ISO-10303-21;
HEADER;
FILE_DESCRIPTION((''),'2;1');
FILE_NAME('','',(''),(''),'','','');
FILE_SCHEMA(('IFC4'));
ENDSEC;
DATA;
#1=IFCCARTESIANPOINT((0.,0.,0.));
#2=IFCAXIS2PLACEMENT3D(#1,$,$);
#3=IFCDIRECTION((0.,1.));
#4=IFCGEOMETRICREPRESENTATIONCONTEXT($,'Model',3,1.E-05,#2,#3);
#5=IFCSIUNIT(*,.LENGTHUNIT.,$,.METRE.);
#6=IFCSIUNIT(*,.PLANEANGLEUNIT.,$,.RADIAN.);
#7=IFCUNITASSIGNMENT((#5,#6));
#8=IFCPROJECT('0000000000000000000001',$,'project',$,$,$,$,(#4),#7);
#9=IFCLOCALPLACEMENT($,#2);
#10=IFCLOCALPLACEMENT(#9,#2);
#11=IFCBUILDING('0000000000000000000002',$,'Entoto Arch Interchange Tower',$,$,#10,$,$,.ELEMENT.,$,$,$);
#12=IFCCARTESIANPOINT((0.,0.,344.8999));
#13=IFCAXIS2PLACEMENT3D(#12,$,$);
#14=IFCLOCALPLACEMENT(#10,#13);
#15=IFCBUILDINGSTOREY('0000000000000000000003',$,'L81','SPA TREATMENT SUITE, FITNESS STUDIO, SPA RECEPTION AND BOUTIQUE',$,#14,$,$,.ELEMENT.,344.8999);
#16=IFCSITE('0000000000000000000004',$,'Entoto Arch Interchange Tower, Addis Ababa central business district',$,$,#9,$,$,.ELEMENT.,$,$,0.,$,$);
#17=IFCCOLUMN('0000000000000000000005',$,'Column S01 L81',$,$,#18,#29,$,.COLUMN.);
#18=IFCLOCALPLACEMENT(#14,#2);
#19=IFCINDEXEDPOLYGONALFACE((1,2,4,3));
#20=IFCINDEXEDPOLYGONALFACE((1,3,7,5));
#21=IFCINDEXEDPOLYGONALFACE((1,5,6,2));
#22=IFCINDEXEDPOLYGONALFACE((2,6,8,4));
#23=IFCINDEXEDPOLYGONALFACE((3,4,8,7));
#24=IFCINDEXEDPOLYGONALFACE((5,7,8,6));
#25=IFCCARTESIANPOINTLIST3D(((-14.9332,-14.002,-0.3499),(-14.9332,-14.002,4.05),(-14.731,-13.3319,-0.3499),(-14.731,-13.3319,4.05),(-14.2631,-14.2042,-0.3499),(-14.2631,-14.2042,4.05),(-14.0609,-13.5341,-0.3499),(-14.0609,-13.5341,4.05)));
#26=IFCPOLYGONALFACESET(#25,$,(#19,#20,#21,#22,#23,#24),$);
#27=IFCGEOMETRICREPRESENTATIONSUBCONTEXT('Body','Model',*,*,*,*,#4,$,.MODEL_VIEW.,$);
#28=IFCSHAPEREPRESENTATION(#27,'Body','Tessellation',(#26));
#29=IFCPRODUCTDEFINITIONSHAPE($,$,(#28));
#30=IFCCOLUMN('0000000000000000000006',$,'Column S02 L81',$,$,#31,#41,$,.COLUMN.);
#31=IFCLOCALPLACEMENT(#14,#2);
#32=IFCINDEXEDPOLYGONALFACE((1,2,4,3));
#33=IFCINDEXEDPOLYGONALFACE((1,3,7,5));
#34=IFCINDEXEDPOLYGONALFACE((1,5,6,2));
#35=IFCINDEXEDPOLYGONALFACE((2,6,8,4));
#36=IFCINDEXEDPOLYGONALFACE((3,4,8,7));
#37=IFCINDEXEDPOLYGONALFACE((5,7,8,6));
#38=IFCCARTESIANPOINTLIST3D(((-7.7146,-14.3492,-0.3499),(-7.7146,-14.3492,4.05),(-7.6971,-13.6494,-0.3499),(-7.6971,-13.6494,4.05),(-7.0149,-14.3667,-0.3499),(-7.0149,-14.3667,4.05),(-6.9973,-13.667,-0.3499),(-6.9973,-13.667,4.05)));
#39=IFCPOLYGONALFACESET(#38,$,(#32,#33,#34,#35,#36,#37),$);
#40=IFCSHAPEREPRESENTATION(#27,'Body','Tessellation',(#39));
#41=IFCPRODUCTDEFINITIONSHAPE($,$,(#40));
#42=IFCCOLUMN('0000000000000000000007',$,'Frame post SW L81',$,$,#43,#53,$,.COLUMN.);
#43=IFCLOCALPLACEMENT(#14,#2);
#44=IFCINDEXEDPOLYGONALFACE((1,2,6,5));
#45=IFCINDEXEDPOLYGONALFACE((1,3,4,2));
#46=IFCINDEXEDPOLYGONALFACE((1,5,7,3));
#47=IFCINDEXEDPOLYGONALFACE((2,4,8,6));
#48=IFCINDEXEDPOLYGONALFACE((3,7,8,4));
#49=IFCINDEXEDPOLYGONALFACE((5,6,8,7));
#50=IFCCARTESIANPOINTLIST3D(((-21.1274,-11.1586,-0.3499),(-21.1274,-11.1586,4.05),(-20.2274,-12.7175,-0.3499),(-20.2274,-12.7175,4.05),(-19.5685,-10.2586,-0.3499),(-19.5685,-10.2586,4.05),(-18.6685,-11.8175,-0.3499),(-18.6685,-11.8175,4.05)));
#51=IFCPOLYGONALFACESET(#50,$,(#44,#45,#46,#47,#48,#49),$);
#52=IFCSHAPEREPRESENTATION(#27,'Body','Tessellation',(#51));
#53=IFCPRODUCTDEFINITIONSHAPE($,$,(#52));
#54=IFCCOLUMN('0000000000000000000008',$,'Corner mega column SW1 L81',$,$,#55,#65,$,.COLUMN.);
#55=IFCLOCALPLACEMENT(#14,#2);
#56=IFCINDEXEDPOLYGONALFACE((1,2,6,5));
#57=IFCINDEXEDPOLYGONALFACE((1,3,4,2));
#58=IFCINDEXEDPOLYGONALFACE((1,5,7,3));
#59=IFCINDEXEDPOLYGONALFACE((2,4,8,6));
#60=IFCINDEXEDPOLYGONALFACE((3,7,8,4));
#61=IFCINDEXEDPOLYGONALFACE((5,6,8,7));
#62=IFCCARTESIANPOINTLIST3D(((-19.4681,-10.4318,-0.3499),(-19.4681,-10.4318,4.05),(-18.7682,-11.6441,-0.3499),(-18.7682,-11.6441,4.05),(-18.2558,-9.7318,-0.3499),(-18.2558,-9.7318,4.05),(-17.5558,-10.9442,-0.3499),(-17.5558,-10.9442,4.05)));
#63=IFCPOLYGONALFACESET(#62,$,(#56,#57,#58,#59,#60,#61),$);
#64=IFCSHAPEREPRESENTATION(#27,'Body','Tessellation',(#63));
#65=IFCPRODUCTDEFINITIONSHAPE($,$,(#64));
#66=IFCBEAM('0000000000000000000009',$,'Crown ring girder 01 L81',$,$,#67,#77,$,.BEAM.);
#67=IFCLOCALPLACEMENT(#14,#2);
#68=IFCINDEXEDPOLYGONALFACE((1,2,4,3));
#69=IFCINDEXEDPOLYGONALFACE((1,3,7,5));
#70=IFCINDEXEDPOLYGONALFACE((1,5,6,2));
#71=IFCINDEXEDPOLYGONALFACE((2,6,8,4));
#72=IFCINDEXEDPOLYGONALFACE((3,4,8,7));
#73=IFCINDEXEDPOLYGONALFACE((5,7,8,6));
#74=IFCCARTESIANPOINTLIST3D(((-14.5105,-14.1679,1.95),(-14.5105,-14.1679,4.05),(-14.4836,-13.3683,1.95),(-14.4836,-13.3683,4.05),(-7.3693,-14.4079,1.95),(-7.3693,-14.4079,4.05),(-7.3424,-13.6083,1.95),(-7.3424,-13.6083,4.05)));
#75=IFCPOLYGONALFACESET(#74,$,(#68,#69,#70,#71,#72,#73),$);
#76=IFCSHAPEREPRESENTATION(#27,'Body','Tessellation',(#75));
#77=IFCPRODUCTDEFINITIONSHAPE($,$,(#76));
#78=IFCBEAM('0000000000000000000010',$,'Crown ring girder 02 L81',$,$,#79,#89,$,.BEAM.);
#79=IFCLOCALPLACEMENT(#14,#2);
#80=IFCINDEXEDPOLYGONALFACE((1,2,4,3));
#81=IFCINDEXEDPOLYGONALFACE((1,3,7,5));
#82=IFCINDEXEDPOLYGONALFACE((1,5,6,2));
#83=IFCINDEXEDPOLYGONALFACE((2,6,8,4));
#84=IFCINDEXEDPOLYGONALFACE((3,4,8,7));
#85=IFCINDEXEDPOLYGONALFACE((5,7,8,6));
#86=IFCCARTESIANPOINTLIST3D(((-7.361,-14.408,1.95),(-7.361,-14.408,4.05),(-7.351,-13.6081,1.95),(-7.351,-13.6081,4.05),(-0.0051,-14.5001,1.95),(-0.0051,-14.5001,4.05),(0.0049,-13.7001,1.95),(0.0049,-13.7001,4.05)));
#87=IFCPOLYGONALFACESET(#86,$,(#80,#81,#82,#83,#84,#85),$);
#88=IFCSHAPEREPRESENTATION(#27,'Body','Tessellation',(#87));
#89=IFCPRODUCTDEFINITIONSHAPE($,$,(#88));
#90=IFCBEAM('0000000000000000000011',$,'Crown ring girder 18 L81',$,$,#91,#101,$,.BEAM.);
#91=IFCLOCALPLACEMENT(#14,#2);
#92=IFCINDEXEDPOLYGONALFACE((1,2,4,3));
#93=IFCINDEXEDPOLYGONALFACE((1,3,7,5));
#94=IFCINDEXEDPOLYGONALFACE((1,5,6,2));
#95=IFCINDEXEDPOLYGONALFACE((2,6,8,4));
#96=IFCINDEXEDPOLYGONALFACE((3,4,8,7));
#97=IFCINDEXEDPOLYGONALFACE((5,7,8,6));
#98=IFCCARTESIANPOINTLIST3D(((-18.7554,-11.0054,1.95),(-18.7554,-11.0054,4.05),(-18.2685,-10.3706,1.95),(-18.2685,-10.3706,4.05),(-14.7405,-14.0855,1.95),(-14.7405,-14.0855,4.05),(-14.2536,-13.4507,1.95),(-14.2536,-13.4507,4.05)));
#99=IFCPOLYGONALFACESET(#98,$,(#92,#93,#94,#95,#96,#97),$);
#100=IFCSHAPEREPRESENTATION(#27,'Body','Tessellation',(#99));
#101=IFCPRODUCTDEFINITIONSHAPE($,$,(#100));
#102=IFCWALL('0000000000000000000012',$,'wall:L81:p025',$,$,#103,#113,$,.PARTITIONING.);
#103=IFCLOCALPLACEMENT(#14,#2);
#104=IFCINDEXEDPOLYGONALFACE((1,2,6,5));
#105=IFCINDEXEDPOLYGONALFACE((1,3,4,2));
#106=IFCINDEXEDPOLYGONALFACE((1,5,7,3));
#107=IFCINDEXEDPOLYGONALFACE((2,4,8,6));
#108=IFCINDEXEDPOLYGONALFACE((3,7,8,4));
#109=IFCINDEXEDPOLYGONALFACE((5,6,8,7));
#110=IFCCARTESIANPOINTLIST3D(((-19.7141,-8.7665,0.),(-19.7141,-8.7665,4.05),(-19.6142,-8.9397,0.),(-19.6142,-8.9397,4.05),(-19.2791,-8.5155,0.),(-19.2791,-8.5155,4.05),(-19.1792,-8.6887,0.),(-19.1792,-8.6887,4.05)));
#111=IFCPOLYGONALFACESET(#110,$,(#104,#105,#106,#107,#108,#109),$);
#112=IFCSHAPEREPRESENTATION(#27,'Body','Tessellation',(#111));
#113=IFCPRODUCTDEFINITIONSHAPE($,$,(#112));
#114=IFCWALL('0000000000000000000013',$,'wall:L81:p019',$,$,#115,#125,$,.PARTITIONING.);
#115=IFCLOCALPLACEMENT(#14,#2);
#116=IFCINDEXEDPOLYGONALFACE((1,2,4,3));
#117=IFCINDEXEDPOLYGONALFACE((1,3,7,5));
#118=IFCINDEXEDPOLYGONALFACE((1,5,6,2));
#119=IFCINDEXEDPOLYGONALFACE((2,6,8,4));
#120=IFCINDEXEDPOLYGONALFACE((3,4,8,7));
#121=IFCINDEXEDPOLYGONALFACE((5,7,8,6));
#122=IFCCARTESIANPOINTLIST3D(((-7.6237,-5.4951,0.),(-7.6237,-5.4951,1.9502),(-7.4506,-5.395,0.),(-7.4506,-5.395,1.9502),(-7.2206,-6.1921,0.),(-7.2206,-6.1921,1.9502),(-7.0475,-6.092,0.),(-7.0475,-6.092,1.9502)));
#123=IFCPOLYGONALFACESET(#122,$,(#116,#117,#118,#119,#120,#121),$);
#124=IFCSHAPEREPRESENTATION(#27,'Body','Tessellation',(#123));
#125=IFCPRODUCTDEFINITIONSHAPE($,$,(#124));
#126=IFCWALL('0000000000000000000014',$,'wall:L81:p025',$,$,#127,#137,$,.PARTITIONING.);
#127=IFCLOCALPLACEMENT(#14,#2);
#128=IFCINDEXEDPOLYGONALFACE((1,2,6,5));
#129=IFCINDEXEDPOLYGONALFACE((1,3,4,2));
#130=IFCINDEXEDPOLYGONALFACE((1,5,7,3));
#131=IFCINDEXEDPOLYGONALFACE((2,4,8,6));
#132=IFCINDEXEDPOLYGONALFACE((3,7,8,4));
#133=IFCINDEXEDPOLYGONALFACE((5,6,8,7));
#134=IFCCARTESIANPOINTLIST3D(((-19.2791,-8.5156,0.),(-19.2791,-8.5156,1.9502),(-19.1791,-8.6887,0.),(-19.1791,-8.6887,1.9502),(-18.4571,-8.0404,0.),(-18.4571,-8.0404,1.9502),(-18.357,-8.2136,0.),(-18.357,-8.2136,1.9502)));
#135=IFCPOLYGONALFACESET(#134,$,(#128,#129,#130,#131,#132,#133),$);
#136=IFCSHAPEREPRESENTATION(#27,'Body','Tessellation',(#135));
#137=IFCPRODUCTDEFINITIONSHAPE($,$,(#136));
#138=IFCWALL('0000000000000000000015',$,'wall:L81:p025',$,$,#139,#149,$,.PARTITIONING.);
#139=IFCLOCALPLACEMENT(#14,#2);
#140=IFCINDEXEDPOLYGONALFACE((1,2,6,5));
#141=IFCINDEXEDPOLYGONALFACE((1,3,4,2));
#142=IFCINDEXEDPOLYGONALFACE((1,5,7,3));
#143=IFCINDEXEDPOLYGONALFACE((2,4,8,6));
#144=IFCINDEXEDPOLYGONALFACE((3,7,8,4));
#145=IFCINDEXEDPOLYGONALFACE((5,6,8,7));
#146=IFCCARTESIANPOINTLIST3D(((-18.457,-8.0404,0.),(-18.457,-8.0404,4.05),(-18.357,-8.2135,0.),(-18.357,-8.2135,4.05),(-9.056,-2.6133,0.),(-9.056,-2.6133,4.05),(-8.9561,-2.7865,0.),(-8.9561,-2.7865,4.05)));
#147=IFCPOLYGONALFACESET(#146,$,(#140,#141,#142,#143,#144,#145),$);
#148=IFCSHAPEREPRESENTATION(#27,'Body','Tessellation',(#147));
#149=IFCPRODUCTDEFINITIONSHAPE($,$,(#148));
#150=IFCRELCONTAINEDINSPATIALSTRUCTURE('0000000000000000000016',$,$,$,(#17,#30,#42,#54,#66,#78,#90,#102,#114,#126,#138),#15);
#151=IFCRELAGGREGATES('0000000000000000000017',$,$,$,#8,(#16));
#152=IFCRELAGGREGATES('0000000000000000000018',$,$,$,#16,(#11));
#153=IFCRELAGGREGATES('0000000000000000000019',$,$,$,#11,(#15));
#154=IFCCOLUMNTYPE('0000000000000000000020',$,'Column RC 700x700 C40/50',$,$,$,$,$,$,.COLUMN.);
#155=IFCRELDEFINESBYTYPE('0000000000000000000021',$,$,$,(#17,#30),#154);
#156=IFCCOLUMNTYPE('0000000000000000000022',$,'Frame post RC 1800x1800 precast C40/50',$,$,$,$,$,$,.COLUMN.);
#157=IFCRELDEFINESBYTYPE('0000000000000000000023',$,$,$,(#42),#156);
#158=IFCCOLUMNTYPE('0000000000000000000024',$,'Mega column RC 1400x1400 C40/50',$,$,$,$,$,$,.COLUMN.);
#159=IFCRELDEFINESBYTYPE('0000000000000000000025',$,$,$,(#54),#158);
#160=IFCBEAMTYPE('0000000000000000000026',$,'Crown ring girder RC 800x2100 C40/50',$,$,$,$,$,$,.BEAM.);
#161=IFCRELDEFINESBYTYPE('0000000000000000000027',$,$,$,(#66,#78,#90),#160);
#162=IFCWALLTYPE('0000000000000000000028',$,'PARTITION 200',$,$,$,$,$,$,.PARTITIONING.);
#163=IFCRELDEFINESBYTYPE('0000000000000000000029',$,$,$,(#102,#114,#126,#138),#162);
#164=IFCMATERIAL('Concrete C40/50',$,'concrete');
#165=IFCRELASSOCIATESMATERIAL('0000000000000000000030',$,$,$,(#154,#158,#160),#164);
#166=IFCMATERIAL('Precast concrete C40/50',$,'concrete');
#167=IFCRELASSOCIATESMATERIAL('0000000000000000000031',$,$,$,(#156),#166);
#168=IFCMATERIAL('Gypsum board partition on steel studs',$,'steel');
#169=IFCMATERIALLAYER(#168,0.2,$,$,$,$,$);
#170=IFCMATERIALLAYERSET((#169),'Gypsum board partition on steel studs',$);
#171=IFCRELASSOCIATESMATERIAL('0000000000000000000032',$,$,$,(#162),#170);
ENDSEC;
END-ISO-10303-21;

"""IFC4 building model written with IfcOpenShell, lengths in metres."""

from ifc_helpers import new_model, si_unit, direction, frame, frame_2d, origin, origin_2d, place, context, subcontext, project, spatial, rectangle, extrude, material, layer, layer_set, material_profile, profile_set, type_object, element, save


model = new_model("IFC4")

# Units and contexts
model_context = context("Model", 3, precision=1e-05, world=origin(), true_north=direction((0.0, 1.0)))
body_context = subcontext(model_context, "Body", "Model", "MODEL_VIEW")
ifc_project = project(units=[si_unit("LENGTHUNIT", "METRE"), si_unit("PLANEANGLEUNIT", "RADIAN")], contexts=[model_context])

# Site, building, storey
site_placement = place(None, origin())
site = spatial("IfcSite", under=ifc_project, at=site_placement, Name="Entoto Arch Interchange Tower, Addis Ababa central business district", CompositionType="ELEMENT", RefElevation=0.0)
building_placement = place(site_placement, origin())
building = spatial("IfcBuilding", under=site, at=building_placement, Name="Entoto Arch Interchange Tower", CompositionType="ELEMENT")
storey_placement = place(building_placement, frame((0.0, 0.0, 344.8999)))
storey = spatial("IfcBuildingStorey", under=building, at=storey_placement, Name="L81", Description="SPA TREATMENT SUITE, FITNESS STUDIO, SPA RECEPTION AND BOUTIQUE", CompositionType="ELEMENT", Elevation=344.8999)

# Columns
ifc_material_1 = material(Name="Concrete C40/50", Category="concrete")
ifc_material_profile_1 = material_profile(ifc_material_1, rectangle(XDim=0.7, YDim=0.7, at=origin_2d()))
ifc_profile_set_1 = profile_set([ifc_material_profile_1], Name="Concrete C40/50")
column_type_1 = type_object("IfcColumnType", Name="Column RC 700x700 C40/50", PredefinedType="COLUMN", material=ifc_profile_set_1)
for number, where, z_axis, x_axis, name in (
    (1, (-14.4971, -13.7681, -0.3499), (0.0, 0.0, 1.0), (-0.957345, 0.288948, 0.0), "Column S01 L81"),
    (2, (-7.356, -14.0081, -0.3499), (0.0, 0.0, 1.0), (-0.999686, 0.02506, 0.0), "Column S02 L81"),
):
    element("IfcColumn", number, at=place(storey_placement, frame(where, z_axis=z_axis, x_axis=x_axis)), inside=storey, type_object=column_type_1, Name=name, PredefinedType="COLUMN", context=body_context, shape_type="SweptSolid", body=[
        extrude(rectangle(XDim=0.7, YDim=0.7, at=origin_2d()), origin(), (0.0, 0.0, 1.0), 4.3999),
    ])
ifc_material_2 = material(Name="Precast concrete C40/50", Category="concrete")
ifc_material_profile_2 = material_profile(ifc_material_2, rectangle(XDim=1.8, YDim=1.8, at=origin_2d()))
ifc_profile_set_2 = profile_set([ifc_material_profile_2], Name="Precast concrete C40/50")
column_type_2 = type_object("IfcColumnType", Name="Frame post RC 1800x1800 precast C40/50", PredefinedType="COLUMN", material=ifc_profile_set_2)
column_1_placement = place(storey_placement, frame((-19.8979, -11.488, -0.3499), z_axis=(0.0, 0.0, 1.0), x_axis=(0.866025, 0.5, 0.0)))
element("IfcColumn", 3, at=column_1_placement, inside=storey, type_object=column_type_2, Name="Frame post SW L81", PredefinedType="COLUMN", context=body_context, shape_type="SweptSolid", body=[
    extrude(rectangle(XDim=1.8, YDim=1.8, at=origin_2d()), origin(), (0.0, 0.0, 1.0), 4.3999),
])
ifc_material_profile_3 = material_profile(ifc_material_1, rectangle(XDim=1.3999, YDim=1.3999, at=origin_2d()))
ifc_profile_set_3 = profile_set([ifc_material_profile_3], Name="Concrete C40/50")
column_type_3 = type_object("IfcColumnType", Name="Mega column RC 1400x1400 C40/50", PredefinedType="COLUMN", material=ifc_profile_set_3)
column_2_placement = place(storey_placement, frame((-18.512, -10.688, -0.3499), z_axis=(0.0, 0.0, 1.0), x_axis=(0.866025, 0.5, 0.0)))
element("IfcColumn", 4, at=column_2_placement, inside=storey, type_object=column_type_3, Name="Corner mega column SW1 L81", PredefinedType="COLUMN", context=body_context, shape_type="SweptSolid", body=[
    extrude(rectangle(XDim=1.3999, YDim=1.3999, at=origin_2d()), origin(), (0.0, 0.0, 1.0), 4.3999),
])

# Beams
ifc_material_profile_4 = material_profile(ifc_material_1, rectangle(XDim=0.8, YDim=2.1001, at=origin_2d()))
ifc_profile_set_4 = profile_set([ifc_material_profile_4], Name="Concrete C40/50")
beam_type = type_object("IfcBeamType", Name="Crown ring girder RC 800x2100 C40/50", PredefinedType="BEAM", material=ifc_profile_set_4)
beam_1_placement = place(storey_placement, frame((-14.4971, -13.7681, 3.0), z_axis=(0.999436, -0.033588, 0.0), x_axis=(0.033588, 0.999436, 0.0)))
element("IfcBeam", 5, at=beam_1_placement, inside=storey, type_object=beam_type, Name="Crown ring girder 01 L81", PredefinedType="BEAM", context=body_context, shape_type="SweptSolid", body=[
    extrude(rectangle(XDim=0.8, YDim=2.1001, at=origin_2d()), origin(), (0.0, 0.0, 1.0), 7.1453),
])
beam_2_placement = place(storey_placement, frame((-7.356, -14.0081, 3.0), z_axis=(0.999922, -0.012511, 0.0), x_axis=(0.012511, 0.999922, 0.0)))
element("IfcBeam", 6, at=beam_2_placement, inside=storey, type_object=beam_type, Name="Crown ring girder 02 L81", PredefinedType="BEAM", context=body_context, shape_type="SweptSolid", body=[
    extrude(rectangle(XDim=0.8, YDim=2.1001, at=origin_2d()), origin(), (0.0, 0.0, 1.0), 7.3564),
])
beam_3_placement = place(storey_placement, frame((-18.512, -10.688, 3.0), z_axis=(0.793416, -0.60868, 0.0), x_axis=(0.60868, 0.793416, 0.0)))
element("IfcBeam", 7, at=beam_3_placement, inside=storey, type_object=beam_type, Name="Crown ring girder 18 L81", PredefinedType="BEAM", context=body_context, shape_type="SweptSolid", body=[
    extrude(rectangle(XDim=0.8, YDim=2.1001, at=origin_2d()), origin(), (0.0, 0.0, 1.0), 5.0603),
])

# Walls
ifc_material_3 = material(Name="Gypsum board partition on steel studs", Category="steel")
ifc_layer_1 = layer(ifc_material_3, 0.2)
ifc_layer_set_1 = layer_set([ifc_layer_1], Name="Gypsum board partition on steel studs")
wall_type_1 = type_object("IfcWallType", Name="PARTITION 200", PredefinedType="PARTITIONING", material=ifc_layer_set_1)
wall_1_placement = place(storey_placement, frame((-19.6641, -8.853, 0.0), z_axis=(0.0, 0.0, 1.0), x_axis=(0.866202, 0.499694, 0.0)))
element("IfcWall", 8, at=wall_1_placement, inside=storey, type_object=wall_type_1, Name="wall:L81:p025", PredefinedType="PARTITIONING", context=body_context, shape_type="SweptSolid", body=[
    extrude(rectangle(XDim=0.5022, YDim=0.2, at=frame_2d((0.251, 0.0))), origin(), (0.0, 0.0, 1.0), 4.05),
])
wall_2_placement = place(storey_placement, frame((-7.134, -6.1421, 0.0), z_axis=(0.0, 0.0, 1.0), x_axis=(-0.500606, 0.865675, 0.0)))
element("IfcWall", 9, at=wall_2_placement, inside=storey, type_object=wall_type_1, Name="wall:L81:p019", PredefinedType="PARTITIONING", context=body_context, shape_type="SweptSolid", body=[
    extrude(rectangle(XDim=0.8052, YDim=0.2, at=frame_2d((0.4026, 0.0))), origin(), (0.0, 0.0, 1.0), 1.9502),
])
wall_3_placement = place(storey_placement, frame((-19.229, -8.6021, 0.0), z_axis=(0.0, 0.0, 1.0), x_axis=(0.865796, 0.500398, 0.0)))
element("IfcWall", 10, at=wall_3_placement, inside=storey, type_object=wall_type_1, Name="wall:L81:p025", PredefinedType="PARTITIONING", context=body_context, shape_type="SweptSolid", body=[
    extrude(rectangle(XDim=0.9495, YDim=0.2, at=frame_2d((0.4746, 0.0))), origin(), (0.0, 0.0, 1.0), 1.9502),
])
wall_4_placement = place(storey_placement, frame((-18.407, -8.127, 0.0), z_axis=(0.0, 0.0, 1.0), x_axis=(0.866049, 0.499959, 0.0)))
element("IfcWall", 11, at=wall_4_placement, inside=storey, type_object=wall_type_1, Name="wall:L81:p025", PredefinedType="PARTITIONING", context=body_context, shape_type="SweptSolid", body=[
    extrude(rectangle(XDim=10.855, YDim=0.2, at=frame_2d((5.4275, 0.0))), origin(), (0.0, 0.0, 1.0), 4.05),
])

save(model, "model.ifc")
